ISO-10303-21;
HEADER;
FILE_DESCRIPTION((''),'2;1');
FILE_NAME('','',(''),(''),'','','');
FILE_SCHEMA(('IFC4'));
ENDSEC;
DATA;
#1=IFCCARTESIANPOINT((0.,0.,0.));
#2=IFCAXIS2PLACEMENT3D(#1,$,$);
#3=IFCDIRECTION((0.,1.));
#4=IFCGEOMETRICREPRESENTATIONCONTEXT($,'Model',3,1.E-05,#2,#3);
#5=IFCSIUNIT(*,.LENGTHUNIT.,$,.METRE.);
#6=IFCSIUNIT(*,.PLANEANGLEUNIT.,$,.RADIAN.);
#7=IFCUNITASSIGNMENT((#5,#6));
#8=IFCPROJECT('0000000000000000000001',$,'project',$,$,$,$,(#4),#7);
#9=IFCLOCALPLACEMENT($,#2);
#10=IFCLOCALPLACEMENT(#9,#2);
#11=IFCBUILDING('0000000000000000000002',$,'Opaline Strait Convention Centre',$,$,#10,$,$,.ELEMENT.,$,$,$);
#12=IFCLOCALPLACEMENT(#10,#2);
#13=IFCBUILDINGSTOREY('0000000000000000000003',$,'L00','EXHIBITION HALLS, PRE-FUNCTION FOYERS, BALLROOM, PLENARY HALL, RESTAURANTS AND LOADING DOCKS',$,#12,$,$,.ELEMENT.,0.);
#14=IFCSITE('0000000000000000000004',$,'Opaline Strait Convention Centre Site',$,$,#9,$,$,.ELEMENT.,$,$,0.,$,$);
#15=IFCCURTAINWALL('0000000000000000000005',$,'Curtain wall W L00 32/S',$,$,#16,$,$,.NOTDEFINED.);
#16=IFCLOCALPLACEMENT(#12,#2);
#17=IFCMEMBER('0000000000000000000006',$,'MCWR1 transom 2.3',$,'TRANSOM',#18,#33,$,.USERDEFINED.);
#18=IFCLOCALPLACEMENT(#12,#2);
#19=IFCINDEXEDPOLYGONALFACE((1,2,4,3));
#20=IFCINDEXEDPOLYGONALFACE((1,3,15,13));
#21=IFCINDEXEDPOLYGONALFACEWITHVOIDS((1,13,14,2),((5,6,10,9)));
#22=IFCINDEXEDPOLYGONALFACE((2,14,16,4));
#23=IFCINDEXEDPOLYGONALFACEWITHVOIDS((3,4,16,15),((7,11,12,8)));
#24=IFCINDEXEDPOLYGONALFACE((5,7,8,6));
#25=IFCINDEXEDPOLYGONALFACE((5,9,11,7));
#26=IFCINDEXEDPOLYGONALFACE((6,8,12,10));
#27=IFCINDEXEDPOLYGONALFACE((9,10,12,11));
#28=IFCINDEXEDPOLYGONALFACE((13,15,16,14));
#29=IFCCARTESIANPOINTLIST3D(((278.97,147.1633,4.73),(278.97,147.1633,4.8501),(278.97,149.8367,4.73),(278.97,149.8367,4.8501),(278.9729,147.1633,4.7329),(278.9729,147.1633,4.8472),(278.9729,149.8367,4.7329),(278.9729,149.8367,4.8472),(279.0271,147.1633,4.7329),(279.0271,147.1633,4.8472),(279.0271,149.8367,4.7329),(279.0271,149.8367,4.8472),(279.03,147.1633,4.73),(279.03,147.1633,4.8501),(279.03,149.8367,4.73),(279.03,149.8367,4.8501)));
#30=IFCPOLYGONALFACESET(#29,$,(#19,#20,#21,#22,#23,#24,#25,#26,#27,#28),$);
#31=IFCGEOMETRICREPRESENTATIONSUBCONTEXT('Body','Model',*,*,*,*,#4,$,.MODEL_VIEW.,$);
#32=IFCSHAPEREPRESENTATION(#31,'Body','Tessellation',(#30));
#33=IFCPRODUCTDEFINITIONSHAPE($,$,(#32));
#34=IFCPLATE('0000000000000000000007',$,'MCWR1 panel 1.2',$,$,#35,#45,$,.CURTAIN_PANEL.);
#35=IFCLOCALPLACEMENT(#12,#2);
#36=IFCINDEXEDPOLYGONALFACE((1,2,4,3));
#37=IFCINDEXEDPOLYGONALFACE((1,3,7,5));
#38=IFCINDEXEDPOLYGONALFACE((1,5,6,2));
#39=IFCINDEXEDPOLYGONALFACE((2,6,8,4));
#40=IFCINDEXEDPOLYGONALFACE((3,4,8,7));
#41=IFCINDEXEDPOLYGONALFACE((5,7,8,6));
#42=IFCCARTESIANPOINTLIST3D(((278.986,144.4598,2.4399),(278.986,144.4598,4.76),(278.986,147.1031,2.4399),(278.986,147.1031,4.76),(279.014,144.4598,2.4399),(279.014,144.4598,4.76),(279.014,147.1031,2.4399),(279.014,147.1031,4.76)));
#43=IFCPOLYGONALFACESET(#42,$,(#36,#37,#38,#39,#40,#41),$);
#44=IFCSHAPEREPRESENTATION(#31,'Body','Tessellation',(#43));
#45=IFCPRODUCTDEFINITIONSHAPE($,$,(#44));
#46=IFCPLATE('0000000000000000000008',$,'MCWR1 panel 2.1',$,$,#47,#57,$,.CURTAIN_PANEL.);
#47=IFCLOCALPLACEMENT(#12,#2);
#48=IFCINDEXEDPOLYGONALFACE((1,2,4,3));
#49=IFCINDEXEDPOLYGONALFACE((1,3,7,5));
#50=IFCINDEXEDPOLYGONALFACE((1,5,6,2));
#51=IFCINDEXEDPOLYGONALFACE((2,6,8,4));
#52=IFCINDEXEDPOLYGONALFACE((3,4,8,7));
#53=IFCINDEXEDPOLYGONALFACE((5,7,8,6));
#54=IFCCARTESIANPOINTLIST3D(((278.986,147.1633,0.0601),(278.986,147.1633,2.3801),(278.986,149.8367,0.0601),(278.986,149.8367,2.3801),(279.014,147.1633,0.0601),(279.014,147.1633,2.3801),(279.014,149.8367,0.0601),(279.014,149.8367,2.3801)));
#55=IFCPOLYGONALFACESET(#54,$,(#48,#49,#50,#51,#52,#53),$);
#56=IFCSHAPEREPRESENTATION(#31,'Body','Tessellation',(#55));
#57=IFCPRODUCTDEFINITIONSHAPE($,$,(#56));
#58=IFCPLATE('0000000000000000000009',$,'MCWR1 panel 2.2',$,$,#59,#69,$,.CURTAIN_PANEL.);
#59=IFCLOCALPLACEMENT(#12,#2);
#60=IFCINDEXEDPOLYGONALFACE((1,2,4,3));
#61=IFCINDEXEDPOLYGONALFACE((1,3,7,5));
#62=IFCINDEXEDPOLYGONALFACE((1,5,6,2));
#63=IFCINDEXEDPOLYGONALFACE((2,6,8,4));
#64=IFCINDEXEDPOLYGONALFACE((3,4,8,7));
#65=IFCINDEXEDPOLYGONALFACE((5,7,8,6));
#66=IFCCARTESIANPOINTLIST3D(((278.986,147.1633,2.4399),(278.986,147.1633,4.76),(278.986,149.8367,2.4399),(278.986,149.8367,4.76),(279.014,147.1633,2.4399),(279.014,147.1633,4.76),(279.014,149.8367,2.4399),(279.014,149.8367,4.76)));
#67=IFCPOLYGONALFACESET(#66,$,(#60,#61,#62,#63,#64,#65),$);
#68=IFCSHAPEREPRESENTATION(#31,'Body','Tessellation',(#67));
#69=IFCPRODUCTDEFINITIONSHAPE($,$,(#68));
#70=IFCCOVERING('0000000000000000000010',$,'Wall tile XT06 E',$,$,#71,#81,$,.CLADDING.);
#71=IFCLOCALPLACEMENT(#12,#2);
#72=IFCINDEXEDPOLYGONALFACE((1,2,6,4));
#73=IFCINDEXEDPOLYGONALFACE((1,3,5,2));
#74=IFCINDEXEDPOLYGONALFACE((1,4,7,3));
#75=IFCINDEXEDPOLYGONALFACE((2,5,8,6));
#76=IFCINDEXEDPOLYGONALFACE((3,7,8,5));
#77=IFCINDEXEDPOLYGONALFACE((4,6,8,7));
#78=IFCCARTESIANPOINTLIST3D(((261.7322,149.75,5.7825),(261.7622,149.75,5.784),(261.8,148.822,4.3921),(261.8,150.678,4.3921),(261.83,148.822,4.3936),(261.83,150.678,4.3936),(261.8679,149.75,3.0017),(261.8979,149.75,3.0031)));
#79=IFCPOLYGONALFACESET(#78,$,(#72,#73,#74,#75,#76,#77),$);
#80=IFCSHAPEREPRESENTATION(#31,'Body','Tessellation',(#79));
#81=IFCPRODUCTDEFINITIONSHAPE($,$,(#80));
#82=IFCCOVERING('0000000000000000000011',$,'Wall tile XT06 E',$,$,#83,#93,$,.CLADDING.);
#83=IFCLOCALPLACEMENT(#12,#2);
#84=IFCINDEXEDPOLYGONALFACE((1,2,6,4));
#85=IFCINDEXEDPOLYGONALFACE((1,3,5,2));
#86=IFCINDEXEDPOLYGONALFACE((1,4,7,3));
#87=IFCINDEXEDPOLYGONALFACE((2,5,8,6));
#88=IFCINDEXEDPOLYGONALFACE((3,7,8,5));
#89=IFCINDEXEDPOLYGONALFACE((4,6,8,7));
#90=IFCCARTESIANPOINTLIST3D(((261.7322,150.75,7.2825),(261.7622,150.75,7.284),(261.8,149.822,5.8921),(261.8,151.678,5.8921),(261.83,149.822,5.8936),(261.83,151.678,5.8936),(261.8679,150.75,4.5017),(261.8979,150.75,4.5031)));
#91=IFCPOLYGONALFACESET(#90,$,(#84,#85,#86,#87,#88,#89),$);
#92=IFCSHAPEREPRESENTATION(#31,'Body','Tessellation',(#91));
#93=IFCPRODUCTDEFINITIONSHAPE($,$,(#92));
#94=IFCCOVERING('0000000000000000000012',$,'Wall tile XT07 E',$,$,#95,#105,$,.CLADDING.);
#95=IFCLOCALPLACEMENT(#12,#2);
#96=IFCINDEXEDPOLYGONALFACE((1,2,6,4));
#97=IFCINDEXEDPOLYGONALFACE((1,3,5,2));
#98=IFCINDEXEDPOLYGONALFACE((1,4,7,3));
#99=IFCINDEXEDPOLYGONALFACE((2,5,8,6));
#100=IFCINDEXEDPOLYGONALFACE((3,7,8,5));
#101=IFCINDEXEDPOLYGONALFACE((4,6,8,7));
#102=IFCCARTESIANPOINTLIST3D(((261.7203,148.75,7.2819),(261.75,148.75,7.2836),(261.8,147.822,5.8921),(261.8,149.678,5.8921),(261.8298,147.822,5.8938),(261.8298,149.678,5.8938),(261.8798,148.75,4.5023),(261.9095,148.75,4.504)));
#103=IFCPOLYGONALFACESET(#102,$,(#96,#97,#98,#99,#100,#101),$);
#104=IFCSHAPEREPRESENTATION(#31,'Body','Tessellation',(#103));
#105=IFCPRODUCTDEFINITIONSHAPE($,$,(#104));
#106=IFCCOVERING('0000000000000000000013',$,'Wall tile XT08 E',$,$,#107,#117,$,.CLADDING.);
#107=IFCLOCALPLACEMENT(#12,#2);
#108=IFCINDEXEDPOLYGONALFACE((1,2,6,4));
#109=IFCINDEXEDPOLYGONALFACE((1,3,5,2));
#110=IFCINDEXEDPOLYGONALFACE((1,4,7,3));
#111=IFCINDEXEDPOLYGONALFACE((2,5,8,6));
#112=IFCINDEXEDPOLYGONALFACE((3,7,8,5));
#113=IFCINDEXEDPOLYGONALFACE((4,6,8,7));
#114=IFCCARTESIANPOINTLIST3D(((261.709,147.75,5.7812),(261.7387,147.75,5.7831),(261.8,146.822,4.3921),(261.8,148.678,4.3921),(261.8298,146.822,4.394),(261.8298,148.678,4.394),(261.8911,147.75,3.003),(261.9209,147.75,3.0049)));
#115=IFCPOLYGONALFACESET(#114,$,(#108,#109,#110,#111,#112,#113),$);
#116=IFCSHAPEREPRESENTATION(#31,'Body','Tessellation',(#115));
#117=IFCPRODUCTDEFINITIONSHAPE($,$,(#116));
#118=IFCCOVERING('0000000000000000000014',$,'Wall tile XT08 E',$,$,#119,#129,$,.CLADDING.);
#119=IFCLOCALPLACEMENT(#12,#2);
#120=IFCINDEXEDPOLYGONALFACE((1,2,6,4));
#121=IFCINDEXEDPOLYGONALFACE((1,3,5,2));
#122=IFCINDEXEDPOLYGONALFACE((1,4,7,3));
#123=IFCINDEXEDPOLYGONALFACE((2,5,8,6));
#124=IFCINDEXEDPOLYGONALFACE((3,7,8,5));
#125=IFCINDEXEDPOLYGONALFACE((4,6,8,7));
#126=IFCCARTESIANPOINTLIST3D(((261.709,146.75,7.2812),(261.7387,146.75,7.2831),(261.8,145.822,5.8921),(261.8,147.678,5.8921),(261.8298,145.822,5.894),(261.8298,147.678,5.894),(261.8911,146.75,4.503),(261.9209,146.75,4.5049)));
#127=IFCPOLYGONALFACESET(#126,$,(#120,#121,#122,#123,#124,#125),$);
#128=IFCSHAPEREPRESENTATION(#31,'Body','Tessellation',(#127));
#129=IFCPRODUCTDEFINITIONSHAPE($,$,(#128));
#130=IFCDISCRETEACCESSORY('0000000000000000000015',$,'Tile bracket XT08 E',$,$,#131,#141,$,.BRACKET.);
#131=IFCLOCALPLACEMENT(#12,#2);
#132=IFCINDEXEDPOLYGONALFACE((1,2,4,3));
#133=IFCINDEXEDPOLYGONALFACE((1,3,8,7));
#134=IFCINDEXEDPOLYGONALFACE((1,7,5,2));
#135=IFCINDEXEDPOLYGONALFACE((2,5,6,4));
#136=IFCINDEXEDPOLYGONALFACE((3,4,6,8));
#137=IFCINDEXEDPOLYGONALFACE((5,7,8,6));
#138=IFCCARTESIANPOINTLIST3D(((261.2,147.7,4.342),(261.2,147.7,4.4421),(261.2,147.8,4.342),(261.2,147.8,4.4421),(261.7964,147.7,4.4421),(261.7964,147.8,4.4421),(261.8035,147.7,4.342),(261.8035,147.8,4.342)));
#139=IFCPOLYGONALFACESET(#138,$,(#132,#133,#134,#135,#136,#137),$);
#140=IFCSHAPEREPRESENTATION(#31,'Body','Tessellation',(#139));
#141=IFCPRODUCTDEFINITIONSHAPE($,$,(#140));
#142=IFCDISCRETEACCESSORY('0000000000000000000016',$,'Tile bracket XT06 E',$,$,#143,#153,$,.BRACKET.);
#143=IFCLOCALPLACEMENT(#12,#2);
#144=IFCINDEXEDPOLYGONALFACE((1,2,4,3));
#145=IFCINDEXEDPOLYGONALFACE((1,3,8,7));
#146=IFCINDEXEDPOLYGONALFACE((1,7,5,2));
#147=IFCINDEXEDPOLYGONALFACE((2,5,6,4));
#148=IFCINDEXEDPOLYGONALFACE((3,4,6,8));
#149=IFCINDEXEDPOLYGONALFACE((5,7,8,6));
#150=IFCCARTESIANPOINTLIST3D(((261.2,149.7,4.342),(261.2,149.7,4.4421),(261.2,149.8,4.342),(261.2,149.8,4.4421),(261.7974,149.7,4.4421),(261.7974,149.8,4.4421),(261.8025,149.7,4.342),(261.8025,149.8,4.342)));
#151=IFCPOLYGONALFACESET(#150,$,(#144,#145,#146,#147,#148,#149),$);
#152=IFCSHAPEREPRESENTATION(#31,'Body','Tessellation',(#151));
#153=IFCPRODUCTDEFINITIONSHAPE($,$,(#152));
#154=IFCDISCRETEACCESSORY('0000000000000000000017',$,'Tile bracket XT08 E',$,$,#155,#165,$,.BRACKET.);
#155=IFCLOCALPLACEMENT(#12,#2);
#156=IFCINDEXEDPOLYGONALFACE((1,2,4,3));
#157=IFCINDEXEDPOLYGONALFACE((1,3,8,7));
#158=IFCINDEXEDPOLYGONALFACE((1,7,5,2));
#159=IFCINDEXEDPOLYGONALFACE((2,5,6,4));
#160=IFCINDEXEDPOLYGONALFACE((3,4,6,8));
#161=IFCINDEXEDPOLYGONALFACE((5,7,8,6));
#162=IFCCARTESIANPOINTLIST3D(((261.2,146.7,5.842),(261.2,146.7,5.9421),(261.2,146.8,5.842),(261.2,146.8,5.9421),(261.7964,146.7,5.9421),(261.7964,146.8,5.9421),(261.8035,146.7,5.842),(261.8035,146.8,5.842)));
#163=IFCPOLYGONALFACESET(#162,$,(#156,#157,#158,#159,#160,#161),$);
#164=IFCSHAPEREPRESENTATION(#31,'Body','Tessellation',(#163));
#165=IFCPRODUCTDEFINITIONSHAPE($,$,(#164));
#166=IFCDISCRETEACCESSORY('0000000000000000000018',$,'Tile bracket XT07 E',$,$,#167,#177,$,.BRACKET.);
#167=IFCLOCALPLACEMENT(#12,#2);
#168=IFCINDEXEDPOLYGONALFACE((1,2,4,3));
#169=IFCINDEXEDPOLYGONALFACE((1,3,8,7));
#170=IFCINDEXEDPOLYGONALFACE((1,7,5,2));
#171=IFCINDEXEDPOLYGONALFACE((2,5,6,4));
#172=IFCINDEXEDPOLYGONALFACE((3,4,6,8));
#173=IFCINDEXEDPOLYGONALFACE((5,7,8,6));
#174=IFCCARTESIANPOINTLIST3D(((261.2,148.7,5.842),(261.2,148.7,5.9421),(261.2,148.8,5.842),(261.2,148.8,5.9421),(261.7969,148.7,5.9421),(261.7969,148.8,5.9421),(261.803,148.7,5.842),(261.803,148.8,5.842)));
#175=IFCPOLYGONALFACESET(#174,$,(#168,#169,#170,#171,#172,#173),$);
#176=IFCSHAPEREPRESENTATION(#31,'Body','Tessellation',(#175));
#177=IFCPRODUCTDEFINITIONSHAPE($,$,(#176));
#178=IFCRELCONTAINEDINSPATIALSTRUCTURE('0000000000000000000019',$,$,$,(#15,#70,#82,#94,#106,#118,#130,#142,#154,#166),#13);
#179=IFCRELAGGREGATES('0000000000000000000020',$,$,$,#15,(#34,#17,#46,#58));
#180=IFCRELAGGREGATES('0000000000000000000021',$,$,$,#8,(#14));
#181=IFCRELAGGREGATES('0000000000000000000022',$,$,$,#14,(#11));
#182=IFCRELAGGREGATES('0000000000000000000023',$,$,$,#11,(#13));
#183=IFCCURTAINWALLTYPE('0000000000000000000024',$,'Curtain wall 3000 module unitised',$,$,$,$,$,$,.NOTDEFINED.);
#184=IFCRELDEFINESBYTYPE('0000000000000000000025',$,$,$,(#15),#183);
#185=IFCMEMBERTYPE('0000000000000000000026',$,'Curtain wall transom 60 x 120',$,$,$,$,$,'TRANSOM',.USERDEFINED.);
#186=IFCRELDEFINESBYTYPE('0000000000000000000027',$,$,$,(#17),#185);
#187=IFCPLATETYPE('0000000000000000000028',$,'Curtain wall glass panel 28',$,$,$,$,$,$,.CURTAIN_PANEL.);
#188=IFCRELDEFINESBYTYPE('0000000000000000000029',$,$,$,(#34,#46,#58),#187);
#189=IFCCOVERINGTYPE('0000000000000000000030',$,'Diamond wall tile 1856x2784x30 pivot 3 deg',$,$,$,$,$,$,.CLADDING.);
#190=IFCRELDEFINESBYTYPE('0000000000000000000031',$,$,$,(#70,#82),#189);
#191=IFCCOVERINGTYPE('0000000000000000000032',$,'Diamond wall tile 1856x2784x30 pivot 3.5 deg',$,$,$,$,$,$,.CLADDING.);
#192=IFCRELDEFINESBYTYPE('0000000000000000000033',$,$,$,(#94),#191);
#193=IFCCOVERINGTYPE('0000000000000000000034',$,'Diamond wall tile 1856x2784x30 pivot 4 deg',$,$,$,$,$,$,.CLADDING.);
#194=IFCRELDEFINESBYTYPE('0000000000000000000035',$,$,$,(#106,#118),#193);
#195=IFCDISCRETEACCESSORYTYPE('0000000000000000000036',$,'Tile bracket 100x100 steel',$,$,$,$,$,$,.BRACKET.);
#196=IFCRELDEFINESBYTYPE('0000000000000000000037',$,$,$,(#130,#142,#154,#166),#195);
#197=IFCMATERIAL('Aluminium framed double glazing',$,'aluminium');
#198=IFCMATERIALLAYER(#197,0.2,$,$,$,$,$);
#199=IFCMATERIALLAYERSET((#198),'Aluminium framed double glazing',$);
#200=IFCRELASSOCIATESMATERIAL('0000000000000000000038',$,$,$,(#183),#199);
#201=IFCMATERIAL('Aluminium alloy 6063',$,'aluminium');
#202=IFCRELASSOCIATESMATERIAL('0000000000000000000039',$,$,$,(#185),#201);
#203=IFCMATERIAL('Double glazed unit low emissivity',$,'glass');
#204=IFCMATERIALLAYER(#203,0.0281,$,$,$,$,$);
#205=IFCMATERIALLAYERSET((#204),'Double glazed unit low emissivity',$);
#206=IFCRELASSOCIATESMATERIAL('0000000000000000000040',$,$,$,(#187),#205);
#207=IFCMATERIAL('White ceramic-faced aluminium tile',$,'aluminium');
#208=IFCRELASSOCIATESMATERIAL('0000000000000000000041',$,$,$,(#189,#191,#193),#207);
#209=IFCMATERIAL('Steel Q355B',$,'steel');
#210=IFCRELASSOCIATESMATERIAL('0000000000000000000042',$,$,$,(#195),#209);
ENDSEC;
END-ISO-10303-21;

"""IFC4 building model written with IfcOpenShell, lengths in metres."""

from ifc_helpers import new_model, si_unit, direction, frame, origin, origin_2d, place, context, subcontext, project, spatial, polyline, rectangle, hollow_rectangle, outline, extrude, material, layer, layer_set, material_profile, profile_set, type_object, element, aggregate, save


model = new_model("IFC4")

# Units and contexts
model_context = context("Model", 3, precision=1e-05, world=origin(), true_north=direction((0.0, 1.0)))
body_context = subcontext(model_context, "Body", "Model", "MODEL_VIEW")
ifc_project = project(units=[si_unit("LENGTHUNIT", "METRE"), si_unit("PLANEANGLEUNIT", "RADIAN")], contexts=[model_context])

# Site, building, storey
site_placement = place(None, origin())
site = spatial("IfcSite", under=ifc_project, at=site_placement, Name="Opaline Strait Convention Centre Site", CompositionType="ELEMENT", RefElevation=0.0)
building_placement = place(site_placement, origin())
building = spatial("IfcBuilding", under=site, at=building_placement, Name="Opaline Strait Convention Centre", CompositionType="ELEMENT")
storey_placement = place(building_placement, origin())
storey = spatial("IfcBuildingStorey", under=building, at=storey_placement, Name="L00", Description="EXHIBITION HALLS, PRE-FUNCTION FOYERS, BALLROOM, PLENARY HALL, RESTAURANTS AND LOADING DOCKS", CompositionType="ELEMENT", Elevation=0.0)

# Shared definitions
ifc_material_1 = material(Name="Steel Q355B", Category="steel")

# Curtain wall, member, plates
ifc_material_2 = material(Name="Aluminium framed double glazing", Category="aluminium")
ifc_layer_1 = layer(ifc_material_2, 0.2)
ifc_layer_set_1 = layer_set([ifc_layer_1], Name="Aluminium framed double glazing")
curtain_wall_type = type_object("IfcCurtainWallType", Name="Curtain wall 3000 module unitised", PredefinedType="NOTDEFINED", material=ifc_layer_set_1)
curtain_wall_placement = place(storey_placement, origin())
curtain_wall = element("IfcCurtainWall", 1, at=curtain_wall_placement, inside=storey, type_object=curtain_wall_type, Name="Curtain wall W L00 32/S", PredefinedType="NOTDEFINED")
ifc_material_3 = material(Name="Aluminium alloy 6063", Category="aluminium")
ifc_material_profile_1 = material_profile(ifc_material_3, hollow_rectangle(XDim=0.0601, YDim=0.1201, WallThickness=0.0029, at=origin_2d()), Name="TRANSOM 60x120x3")
ifc_profile_set_1 = profile_set([ifc_material_profile_1], Name="Aluminium alloy 6063")
member_type_1 = type_object("IfcMemberType", Name="Curtain wall transom 60 x 120", ElementType="TRANSOM", PredefinedType="USERDEFINED", material=ifc_profile_set_1)
member_1_placement = place(storey_placement, frame((279.0, 147.1633, 4.79), z_axis=(0.0, 1.0, 0.0), x_axis=(-1.0, 0.0, 0.0)))
member_1 = element("IfcMember", 2, at=member_1_placement, type_object=member_type_1, Name="MCWR1 transom 2.3", ObjectType="TRANSOM", PredefinedType="USERDEFINED", context=body_context, shape_type="SweptSolid", body=[
    extrude(hollow_rectangle(XDim=0.0601, YDim=0.1201, WallThickness=0.0029, at=origin_2d()), origin(), (0.0, 0.0, 1.0), 2.6733),
])
ifc_material_4 = material(Name="Double glazed unit low emissivity", Category="glass")
ifc_layer_2 = layer(ifc_material_4, 0.0281)
ifc_layer_set_2 = layer_set([ifc_layer_2], Name="Double glazed unit low emissivity")
plate_type = type_object("IfcPlateType", Name="Curtain wall glass panel 28", PredefinedType="CURTAIN_PANEL", material=ifc_layer_set_2)
plate_1_placement = place(storey_placement, frame((279.0, 145.7815, 2.4399), z_axis=(0.0, 0.0, 1.0), x_axis=(0.0, 1.0, 0.0)))
plate_1 = element("IfcPlate", 3, at=plate_1_placement, type_object=plate_type, Name="MCWR1 panel 1.2", PredefinedType="CURTAIN_PANEL", context=body_context, shape_type="SweptSolid", body=[
    extrude(rectangle(XDim=2.6433, YDim=0.0281, at=origin_2d()), origin(), (0.0, 0.0, 1.0), 2.3201),
])
plate_2_placement = place(storey_placement, frame((279.0, 148.5, 0.0601), z_axis=(0.0, 0.0, 1.0), x_axis=(0.0, 1.0, 0.0)))
plate_2 = element("IfcPlate", 4, at=plate_2_placement, type_object=plate_type, Name="MCWR1 panel 2.1", PredefinedType="CURTAIN_PANEL", context=body_context, shape_type="SweptSolid", body=[
    extrude(rectangle(XDim=2.6733, YDim=0.0281, at=origin_2d()), origin(), (0.0, 0.0, 1.0), 2.3201),
])
plate_3_placement = place(storey_placement, frame((279.0, 148.5, 2.4399), z_axis=(0.0, 0.0, 1.0), x_axis=(0.0, 1.0, 0.0)))
plate_3 = element("IfcPlate", 5, at=plate_3_placement, type_object=plate_type, Name="MCWR1 panel 2.2", PredefinedType="CURTAIN_PANEL", context=body_context, shape_type="SweptSolid", body=[
    extrude(rectangle(XDim=2.6733, YDim=0.0281, at=origin_2d()), origin(), (0.0, 0.0, 1.0), 2.3201),
])
aggregate(curtain_wall, [plate_1, member_1, plate_2, plate_3])

# Coverings
ifc_material_5 = material(Name="White ceramic-faced aluminium tile", Category="aluminium")
ifc_material_profile_2 = material_profile(ifc_material_5, outline(polyline([(0.928, 0.0), (0.0, 1.3921), (-0.928, 0.0), (0.0, -1.3921), (0.928, 0.0)])), Name="Diamond tile 1856x2784")
ifc_profile_set_2 = profile_set([ifc_material_profile_2], Name="White ceramic-faced aluminium tile")
covering_type_1 = type_object("IfcCoveringType", Name="Diamond wall tile 1856x2784x30 pivot 3 deg", PredefinedType="CLADDING", material=ifc_profile_set_2)
for number, where, z_axis, x_axis, name in (
    (6, (261.8, 149.75, 4.3921), (0.998812, 0.0, 0.048723), (0.0, 1.0, 0.0), "Wall tile XT06 E"),
    (7, (261.8, 150.75, 5.8921), (0.998812, 0.0, 0.048723), (0.0, 1.0, 0.0), "Wall tile XT06 E"),
):
    element("IfcCovering", number, at=place(storey_placement, frame(where, z_axis=z_axis, x_axis=x_axis)), inside=storey, type_object=covering_type_1, Name=name, PredefinedType="CLADDING", context=body_context, shape_type="SweptSolid", body=[
        extrude(outline(polyline([(0.928, 0.0), (0.0, 1.3921), (-0.928, 0.0), (0.0, -1.3921), (0.928, 0.0)])), origin(), (0.0, 0.0, 1.0), 0.03),
    ])
ifc_material_profile_3 = material_profile(ifc_material_5, outline(polyline([(0.928, 0.0), (0.0, 1.3921), (-0.928, 0.0), (0.0, -1.3921), (0.928, 0.0)])), Name="Diamond tile 1856x2784")
ifc_profile_set_3 = profile_set([ifc_material_profile_3], Name="White ceramic-faced aluminium tile")
covering_type_2 = type_object("IfcCoveringType", Name="Diamond wall tile 1856x2784x30 pivot 3.5 deg", PredefinedType="CLADDING", material=ifc_profile_set_3)
covering_placement = place(storey_placement, frame((261.8, 148.75, 5.8921), z_axis=(0.998358, 0.0, 0.057283), x_axis=(0.0, 1.0, 0.0)))
element("IfcCovering", 8, at=covering_placement, inside=storey, type_object=covering_type_2, Name="Wall tile XT07 E", PredefinedType="CLADDING", context=body_context, shape_type="SweptSolid", body=[
    extrude(outline(polyline([(0.928, 0.0), (0.0, 1.3921), (-0.928, 0.0), (0.0, -1.3921), (0.928, 0.0)])), origin(), (0.0, 0.0, 1.0), 0.0298),
])
ifc_material_profile_4 = material_profile(ifc_material_5, outline(polyline([(0.928, 0.0), (0.0, 1.3921), (-0.928, 0.0), (0.0, -1.3921), (0.928, 0.0)])), Name="Diamond tile 1856x2784")
ifc_profile_set_4 = profile_set([ifc_material_profile_4], Name="White ceramic-faced aluminium tile")
covering_type_3 = type_object("IfcCoveringType", Name="Diamond wall tile 1856x2784x30 pivot 4 deg", PredefinedType="CLADDING", material=ifc_profile_set_4)
for number, where, z_axis, x_axis, name in (
    (9, (261.8, 147.75, 4.3921), (0.997857, 0.0, 0.065433), (0.0, 1.0, 0.0), "Wall tile XT08 E"),
    (10, (261.8, 146.75, 5.8921), (0.997857, 0.0, 0.065433), (0.0, 1.0, 0.0), "Wall tile XT08 E"),
):
    element("IfcCovering", number, at=place(storey_placement, frame(where, z_axis=z_axis, x_axis=x_axis)), inside=storey, type_object=covering_type_3, Name=name, PredefinedType="CLADDING", context=body_context, shape_type="SweptSolid", body=[
        extrude(outline(polyline([(0.928, 0.0), (0.0, 1.3921), (-0.928, 0.0), (0.0, -1.3921), (0.928, 0.0)])), origin(), (0.0, 0.0, 1.0), 0.0298),
    ])

# Discrete accessories
discrete_accessory_type = type_object("IfcDiscreteAccessoryType", Name="Tile bracket 100x100 steel", PredefinedType="BRACKET", material=ifc_material_1)
discrete_accessory_1_placement = place(storey_placement, frame((261.2, 147.7, 4.3921), z_axis=(0.0, 1.0, 0.0), x_axis=(-1.0, 0.0, 0.0)))
element("IfcDiscreteAccessory", 11, at=discrete_accessory_1_placement, inside=storey, type_object=discrete_accessory_type, Name="Tile bracket XT08 E", PredefinedType="BRACKET", context=body_context, shape_type="SweptSolid", body=[
    extrude(outline(polyline([(0.0, -0.05), (0.0, 0.05), (-0.5964, 0.05), (-0.6035, -0.05), (0.0, -0.05)])), origin(), (0.0, 0.0, 1.0), 0.1001),
])
discrete_accessory_2_placement = place(storey_placement, frame((261.2, 149.7, 4.3921), z_axis=(0.0, 1.0, 0.0), x_axis=(-1.0, 0.0, 0.0)))
element("IfcDiscreteAccessory", 12, at=discrete_accessory_2_placement, inside=storey, type_object=discrete_accessory_type, Name="Tile bracket XT06 E", PredefinedType="BRACKET", context=body_context, shape_type="SweptSolid", body=[
    extrude(outline(polyline([(0.0, -0.05), (0.0, 0.05), (-0.5974, 0.05), (-0.6025, -0.05), (0.0, -0.05)])), origin(), (0.0, 0.0, 1.0), 0.1001),
])
discrete_accessory_3_placement = place(storey_placement, frame((261.2, 146.7, 5.8921), z_axis=(0.0, 1.0, 0.0), x_axis=(-1.0, 0.0, 0.0)))
element("IfcDiscreteAccessory", 13, at=discrete_accessory_3_placement, inside=storey, type_object=discrete_accessory_type, Name="Tile bracket XT08 E", PredefinedType="BRACKET", context=body_context, shape_type="SweptSolid", body=[
    extrude(outline(polyline([(0.0, -0.05), (0.0, 0.05), (-0.5964, 0.05), (-0.6035, -0.05), (0.0, -0.05)])), origin(), (0.0, 0.0, 1.0), 0.1001),
])
discrete_accessory_4_placement = place(storey_placement, frame((261.2, 148.7, 5.8921), z_axis=(0.0, 1.0, 0.0), x_axis=(-1.0, 0.0, 0.0)))
element("IfcDiscreteAccessory", 14, at=discrete_accessory_4_placement, inside=storey, type_object=discrete_accessory_type, Name="Tile bracket XT07 E", PredefinedType="BRACKET", context=body_context, shape_type="SweptSolid", body=[
    extrude(outline(polyline([(0.0, -0.05), (0.0, 0.05), (-0.5969, 0.05), (-0.603, -0.05), (0.0, -0.05)])), origin(), (0.0, 0.0, 1.0), 0.1001),
])

save(model, "model.ifc")
